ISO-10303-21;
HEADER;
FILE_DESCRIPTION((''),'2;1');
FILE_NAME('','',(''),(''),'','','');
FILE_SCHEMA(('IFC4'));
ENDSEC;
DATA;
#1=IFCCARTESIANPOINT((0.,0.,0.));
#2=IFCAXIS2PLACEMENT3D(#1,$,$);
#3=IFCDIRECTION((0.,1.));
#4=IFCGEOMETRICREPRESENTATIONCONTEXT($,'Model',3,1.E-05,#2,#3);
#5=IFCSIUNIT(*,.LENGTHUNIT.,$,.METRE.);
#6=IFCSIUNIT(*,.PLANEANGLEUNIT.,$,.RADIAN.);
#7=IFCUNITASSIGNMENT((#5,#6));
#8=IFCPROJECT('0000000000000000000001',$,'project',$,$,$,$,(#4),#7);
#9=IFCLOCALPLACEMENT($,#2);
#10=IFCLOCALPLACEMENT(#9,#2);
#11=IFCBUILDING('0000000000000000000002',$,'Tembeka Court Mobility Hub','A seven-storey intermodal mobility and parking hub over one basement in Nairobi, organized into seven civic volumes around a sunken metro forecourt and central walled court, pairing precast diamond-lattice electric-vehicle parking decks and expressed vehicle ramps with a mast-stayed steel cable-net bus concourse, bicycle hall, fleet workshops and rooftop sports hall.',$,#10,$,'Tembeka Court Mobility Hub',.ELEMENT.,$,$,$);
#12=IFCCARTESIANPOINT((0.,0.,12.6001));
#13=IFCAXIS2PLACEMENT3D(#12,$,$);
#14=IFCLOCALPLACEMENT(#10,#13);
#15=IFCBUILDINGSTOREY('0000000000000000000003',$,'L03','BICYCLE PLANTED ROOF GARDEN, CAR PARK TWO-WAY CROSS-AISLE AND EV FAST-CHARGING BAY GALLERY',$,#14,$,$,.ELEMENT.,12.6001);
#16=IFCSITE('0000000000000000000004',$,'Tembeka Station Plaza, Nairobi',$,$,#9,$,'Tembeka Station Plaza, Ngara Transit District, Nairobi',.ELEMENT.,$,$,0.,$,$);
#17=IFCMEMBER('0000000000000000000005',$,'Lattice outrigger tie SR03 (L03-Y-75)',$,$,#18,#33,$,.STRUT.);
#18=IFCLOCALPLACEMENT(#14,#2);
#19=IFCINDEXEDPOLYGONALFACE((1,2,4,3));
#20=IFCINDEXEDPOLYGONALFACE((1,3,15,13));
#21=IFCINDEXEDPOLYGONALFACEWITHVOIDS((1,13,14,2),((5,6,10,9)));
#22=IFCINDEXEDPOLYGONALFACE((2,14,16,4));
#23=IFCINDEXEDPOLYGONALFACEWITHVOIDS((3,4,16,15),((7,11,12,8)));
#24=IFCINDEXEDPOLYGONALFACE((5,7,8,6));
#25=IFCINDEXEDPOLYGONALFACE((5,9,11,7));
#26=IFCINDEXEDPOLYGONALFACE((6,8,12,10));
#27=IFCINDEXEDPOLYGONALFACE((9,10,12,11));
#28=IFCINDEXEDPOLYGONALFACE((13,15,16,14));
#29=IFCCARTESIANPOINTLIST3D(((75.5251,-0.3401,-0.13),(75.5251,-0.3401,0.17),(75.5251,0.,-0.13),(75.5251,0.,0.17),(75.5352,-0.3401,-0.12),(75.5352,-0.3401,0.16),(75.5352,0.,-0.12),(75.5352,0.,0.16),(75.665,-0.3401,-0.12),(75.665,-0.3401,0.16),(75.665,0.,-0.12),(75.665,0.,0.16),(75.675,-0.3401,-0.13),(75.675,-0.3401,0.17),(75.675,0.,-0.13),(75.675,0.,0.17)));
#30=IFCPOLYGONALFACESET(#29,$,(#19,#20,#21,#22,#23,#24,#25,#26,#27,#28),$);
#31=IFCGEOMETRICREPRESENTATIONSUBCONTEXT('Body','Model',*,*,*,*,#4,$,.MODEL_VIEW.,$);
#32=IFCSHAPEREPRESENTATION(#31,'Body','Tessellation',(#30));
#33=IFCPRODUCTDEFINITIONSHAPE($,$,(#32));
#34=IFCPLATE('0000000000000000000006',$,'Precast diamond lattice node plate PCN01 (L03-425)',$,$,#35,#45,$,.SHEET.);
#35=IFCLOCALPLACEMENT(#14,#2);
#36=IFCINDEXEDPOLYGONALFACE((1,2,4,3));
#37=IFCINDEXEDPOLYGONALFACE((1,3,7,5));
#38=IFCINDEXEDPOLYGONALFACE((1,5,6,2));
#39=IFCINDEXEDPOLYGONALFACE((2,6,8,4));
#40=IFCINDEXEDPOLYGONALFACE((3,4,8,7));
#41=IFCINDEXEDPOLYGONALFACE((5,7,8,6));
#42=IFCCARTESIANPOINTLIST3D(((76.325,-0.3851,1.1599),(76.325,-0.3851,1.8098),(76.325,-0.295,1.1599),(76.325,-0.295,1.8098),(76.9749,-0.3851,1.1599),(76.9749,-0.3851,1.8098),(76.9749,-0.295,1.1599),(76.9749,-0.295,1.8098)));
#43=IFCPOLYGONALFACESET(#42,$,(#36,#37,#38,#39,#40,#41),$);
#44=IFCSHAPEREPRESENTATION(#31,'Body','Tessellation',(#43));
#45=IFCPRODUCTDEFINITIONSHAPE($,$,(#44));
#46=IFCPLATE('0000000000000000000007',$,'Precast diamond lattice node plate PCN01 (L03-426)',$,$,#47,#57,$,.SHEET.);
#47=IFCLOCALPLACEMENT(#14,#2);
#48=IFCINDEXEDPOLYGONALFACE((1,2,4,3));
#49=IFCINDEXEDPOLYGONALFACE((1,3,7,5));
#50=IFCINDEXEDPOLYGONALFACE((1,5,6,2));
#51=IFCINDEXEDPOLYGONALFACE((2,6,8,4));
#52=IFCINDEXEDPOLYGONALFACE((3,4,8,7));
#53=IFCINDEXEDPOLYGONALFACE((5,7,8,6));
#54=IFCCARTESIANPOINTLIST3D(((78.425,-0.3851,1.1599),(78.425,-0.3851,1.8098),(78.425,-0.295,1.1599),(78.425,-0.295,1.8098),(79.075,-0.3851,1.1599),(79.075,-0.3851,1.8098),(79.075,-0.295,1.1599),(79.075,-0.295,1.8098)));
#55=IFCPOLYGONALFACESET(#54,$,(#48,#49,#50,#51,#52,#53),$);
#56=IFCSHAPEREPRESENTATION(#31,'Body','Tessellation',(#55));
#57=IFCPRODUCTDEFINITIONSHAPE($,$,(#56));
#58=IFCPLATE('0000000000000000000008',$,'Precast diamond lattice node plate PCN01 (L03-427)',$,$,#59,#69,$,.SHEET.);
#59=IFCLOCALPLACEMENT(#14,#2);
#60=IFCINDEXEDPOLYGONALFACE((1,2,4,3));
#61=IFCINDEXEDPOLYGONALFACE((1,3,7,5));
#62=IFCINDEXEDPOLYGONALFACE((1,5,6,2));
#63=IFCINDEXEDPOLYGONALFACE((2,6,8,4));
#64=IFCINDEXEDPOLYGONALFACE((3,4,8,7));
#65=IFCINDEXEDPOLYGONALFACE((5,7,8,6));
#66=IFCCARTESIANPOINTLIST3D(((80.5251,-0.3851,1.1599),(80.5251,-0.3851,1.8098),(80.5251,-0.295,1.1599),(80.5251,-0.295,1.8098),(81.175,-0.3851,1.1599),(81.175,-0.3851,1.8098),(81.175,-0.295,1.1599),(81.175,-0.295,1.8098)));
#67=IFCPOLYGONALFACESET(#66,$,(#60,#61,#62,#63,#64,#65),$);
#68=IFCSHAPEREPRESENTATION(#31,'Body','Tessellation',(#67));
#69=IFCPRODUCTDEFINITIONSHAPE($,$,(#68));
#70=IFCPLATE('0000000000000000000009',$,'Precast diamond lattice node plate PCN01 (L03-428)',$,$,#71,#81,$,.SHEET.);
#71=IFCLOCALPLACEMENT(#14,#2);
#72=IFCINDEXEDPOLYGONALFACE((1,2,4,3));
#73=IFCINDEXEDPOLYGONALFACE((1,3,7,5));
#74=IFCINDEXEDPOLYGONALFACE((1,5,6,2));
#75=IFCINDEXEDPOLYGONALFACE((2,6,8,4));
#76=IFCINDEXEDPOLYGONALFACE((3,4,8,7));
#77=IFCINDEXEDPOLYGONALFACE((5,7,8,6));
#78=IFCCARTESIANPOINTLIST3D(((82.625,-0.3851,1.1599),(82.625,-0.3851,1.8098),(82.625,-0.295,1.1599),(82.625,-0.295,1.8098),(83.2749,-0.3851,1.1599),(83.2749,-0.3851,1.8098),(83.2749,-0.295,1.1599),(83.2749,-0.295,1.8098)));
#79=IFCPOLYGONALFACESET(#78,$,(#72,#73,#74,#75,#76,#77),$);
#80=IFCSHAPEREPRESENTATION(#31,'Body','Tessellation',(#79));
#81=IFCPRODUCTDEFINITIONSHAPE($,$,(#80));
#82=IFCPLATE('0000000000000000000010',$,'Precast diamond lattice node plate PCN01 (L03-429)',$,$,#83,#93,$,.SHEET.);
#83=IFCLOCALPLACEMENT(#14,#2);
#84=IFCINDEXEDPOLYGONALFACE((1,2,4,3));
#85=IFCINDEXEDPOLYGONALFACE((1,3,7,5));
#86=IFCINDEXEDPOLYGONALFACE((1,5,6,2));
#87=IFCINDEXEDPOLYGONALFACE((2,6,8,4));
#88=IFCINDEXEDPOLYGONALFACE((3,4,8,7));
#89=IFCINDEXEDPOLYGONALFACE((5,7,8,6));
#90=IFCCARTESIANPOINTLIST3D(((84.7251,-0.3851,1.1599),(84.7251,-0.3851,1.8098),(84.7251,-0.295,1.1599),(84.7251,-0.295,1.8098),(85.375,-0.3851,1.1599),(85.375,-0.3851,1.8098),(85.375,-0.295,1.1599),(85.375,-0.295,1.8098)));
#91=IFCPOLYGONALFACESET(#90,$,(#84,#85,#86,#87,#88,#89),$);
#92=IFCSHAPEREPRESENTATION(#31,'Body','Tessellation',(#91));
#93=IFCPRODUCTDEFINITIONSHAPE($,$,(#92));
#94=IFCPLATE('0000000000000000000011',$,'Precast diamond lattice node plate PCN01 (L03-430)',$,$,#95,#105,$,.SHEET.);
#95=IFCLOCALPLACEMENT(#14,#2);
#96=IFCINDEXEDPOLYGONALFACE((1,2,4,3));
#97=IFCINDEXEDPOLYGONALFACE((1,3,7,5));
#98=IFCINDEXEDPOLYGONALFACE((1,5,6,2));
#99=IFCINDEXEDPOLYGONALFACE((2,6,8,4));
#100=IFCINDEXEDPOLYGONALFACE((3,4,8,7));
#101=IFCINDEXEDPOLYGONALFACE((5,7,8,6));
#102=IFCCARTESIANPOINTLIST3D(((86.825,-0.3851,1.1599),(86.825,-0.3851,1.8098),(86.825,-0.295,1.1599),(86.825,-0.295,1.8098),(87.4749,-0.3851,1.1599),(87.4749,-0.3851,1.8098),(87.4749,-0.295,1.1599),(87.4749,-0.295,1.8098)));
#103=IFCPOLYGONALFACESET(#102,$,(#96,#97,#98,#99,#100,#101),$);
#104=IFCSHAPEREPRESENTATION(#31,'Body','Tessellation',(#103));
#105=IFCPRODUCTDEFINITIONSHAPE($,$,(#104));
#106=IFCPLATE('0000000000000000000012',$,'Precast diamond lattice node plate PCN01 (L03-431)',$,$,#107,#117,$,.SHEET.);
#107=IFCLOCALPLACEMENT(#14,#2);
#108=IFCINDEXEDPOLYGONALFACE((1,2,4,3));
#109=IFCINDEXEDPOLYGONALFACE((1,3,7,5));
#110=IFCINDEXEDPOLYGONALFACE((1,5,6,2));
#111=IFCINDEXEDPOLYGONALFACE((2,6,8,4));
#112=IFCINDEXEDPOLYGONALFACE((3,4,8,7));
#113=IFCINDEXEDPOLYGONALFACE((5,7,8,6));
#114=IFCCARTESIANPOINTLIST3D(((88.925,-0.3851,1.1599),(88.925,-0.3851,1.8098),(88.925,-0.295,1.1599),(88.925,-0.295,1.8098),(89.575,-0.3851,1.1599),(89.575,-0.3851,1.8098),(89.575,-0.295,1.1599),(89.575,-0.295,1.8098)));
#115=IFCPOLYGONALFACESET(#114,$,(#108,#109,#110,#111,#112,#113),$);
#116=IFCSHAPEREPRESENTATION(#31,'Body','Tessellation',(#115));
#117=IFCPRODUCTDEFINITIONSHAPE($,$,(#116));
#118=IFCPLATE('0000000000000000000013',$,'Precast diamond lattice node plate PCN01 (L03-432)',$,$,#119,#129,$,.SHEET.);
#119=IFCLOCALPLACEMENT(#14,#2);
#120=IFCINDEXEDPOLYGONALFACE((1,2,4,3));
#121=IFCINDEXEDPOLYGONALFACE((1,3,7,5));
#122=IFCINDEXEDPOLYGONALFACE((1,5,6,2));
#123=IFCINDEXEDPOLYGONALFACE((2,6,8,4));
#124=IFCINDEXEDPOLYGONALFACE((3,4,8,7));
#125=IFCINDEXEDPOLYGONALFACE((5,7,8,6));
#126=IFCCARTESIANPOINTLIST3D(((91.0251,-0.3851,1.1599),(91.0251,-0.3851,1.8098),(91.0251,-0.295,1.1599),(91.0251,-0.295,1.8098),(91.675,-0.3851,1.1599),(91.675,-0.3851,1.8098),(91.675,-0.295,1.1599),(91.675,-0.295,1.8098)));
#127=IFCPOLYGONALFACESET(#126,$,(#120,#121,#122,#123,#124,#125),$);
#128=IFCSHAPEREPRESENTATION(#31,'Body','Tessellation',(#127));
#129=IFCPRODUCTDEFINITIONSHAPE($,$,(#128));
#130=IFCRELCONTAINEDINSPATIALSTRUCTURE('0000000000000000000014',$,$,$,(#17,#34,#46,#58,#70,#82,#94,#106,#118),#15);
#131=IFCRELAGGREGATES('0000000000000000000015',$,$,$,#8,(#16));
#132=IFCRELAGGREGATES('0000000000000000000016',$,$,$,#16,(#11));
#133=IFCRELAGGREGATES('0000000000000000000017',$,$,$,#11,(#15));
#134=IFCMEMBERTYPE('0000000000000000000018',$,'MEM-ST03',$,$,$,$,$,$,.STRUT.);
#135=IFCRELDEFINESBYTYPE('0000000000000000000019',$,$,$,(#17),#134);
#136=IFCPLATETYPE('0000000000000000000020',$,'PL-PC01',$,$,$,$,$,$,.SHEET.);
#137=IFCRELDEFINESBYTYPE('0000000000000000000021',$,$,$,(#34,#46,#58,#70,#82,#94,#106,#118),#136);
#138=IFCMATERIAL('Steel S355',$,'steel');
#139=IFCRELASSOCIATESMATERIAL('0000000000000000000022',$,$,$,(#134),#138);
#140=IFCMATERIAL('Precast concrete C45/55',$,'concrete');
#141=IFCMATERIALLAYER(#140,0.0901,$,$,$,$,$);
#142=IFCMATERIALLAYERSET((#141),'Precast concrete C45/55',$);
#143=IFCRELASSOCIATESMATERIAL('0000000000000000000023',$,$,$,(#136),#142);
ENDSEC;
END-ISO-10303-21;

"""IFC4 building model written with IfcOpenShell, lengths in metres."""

from ifc_helpers import new_model, si_unit, direction, frame, origin, origin_2d, place, context, subcontext, project, spatial, rectangle, hollow_rectangle, extrude, material, layer, layer_set, material_profile, profile_set, type_object, element, save


model = new_model("IFC4")

# Units and contexts
model_context = context("Model", 3, precision=1e-05, world=origin(), true_north=direction((0.0, 1.0)))
body_context = subcontext(model_context, "Body", "Model", "MODEL_VIEW")
ifc_project = project(units=[si_unit("LENGTHUNIT", "METRE"), si_unit("PLANEANGLEUNIT", "RADIAN")], contexts=[model_context])

# Site, building, storey
site_placement = place(None, origin())
site = spatial("IfcSite", under=ifc_project, at=site_placement, Name="Tembeka Station Plaza, Nairobi", LongName="Tembeka Station Plaza, Ngara Transit District, Nairobi", CompositionType="ELEMENT", RefElevation=0.0)
building_placement = place(site_placement, origin())
building = spatial("IfcBuilding", under=site, at=building_placement, Name="Tembeka Court Mobility Hub", Description="A seven-storey intermodal mobility and parking hub over one basement in Nairobi, organized into seven civic volumes around a sunken metro forecourt and central walled court, pairing precast diamond-lattice electric-vehicle parking decks and expressed vehicle ramps with a mast-stayed steel cable-net bus concourse, bicycle hall, fleet workshops and rooftop sports hall.", LongName="Tembeka Court Mobility Hub", CompositionType="ELEMENT")
storey_placement = place(building_placement, frame((0.0, 0.0, 12.6001)))
storey = spatial("IfcBuildingStorey", under=building, at=storey_placement, Name="L03", Description="BICYCLE PLANTED ROOF GARDEN, CAR PARK TWO-WAY CROSS-AISLE AND EV FAST-CHARGING BAY GALLERY", CompositionType="ELEMENT", Elevation=12.6001)

# Shared definitions
ifc_material_1 = material(Name="Steel S355", Category="steel")

# Member
ifc_material_2 = material(Name="Precast concrete C45/55", Category="concrete")
ifc_material_profile_1 = material_profile(ifc_material_1, hollow_rectangle(XDim=0.1499, YDim=0.3, WallThickness=0.01, at=origin_2d()), Name="RHS 300x150x10")
ifc_profile_set_1 = profile_set([ifc_material_profile_1], Name="Steel S355")
member_type_1 = type_object("IfcMemberType", Name="MEM-ST03", PredefinedType="STRUT", material=ifc_profile_set_1)
member_1_placement = place(storey_placement, frame((75.6001, 0.0, 0.02), z_axis=(0.0, -1.0, 0.0), x_axis=(1.0, 0.0, 0.0)))
element("IfcMember", 1, at=member_1_placement, inside=storey, type_object=member_type_1, Name="Lattice outrigger tie SR03 (L03-Y-75)", PredefinedType="STRUT", context=body_context, shape_type="SweptSolid", body=[
    extrude(hollow_rectangle(XDim=0.1499, YDim=0.3, WallThickness=0.01, at=origin_2d()), origin(), (0.0, 0.0, 1.0), 0.3401),
])

# Plates
ifc_layer = layer(ifc_material_2, 0.0901)
ifc_layer_set = layer_set([ifc_layer], Name="Precast concrete C45/55")
plate_type = type_object("IfcPlateType", Name="PL-PC01", PredefinedType="SHEET", material=ifc_layer_set)
for number, where, z_axis, x_axis, name in (
    (2, (76.6499, -0.3401, 1.1599), (0.0, 0.0, 1.0), (1.0, 0.0, 0.0), "Precast diamond lattice node plate PCN01 (L03-425)"),
    (3, (78.75, -0.3401, 1.1599), (0.0, 0.0, 1.0), (1.0, 0.0, 0.0), "Precast diamond lattice node plate PCN01 (L03-426)"),
    (4, (80.8501, -0.3401, 1.1599), (0.0, 0.0, 1.0), (1.0, 0.0, 0.0), "Precast diamond lattice node plate PCN01 (L03-427)"),
    (5, (82.95, -0.3401, 1.1599), (0.0, 0.0, 1.0), (1.0, 0.0, 0.0), "Precast diamond lattice node plate PCN01 (L03-428)"),
    (6, (85.05, -0.3401, 1.1599), (0.0, 0.0, 1.0), (1.0, 0.0, 0.0), "Precast diamond lattice node plate PCN01 (L03-429)"),
    (7, (87.1499, -0.3401, 1.1599), (0.0, 0.0, 1.0), (1.0, 0.0, 0.0), "Precast diamond lattice node plate PCN01 (L03-430)"),
    (8, (89.25, -0.3401, 1.1599), (0.0, 0.0, 1.0), (1.0, 0.0, 0.0), "Precast diamond lattice node plate PCN01 (L03-431)"),
    (9, (91.3501, -0.3401, 1.1599), (0.0, 0.0, 1.0), (1.0, 0.0, 0.0), "Precast diamond lattice node plate PCN01 (L03-432)"),
):
    element("IfcPlate", number, at=place(storey_placement, frame(where, z_axis=z_axis, x_axis=x_axis)), inside=storey, type_object=plate_type, Name=name, PredefinedType="SHEET", context=body_context, shape_type="SweptSolid", body=[
        extrude(rectangle(XDim=0.6499, YDim=0.0901, at=origin_2d()), origin(), (0.0, 0.0, 1.0), 0.6499),
    ])

save(model, "model.ifc")
